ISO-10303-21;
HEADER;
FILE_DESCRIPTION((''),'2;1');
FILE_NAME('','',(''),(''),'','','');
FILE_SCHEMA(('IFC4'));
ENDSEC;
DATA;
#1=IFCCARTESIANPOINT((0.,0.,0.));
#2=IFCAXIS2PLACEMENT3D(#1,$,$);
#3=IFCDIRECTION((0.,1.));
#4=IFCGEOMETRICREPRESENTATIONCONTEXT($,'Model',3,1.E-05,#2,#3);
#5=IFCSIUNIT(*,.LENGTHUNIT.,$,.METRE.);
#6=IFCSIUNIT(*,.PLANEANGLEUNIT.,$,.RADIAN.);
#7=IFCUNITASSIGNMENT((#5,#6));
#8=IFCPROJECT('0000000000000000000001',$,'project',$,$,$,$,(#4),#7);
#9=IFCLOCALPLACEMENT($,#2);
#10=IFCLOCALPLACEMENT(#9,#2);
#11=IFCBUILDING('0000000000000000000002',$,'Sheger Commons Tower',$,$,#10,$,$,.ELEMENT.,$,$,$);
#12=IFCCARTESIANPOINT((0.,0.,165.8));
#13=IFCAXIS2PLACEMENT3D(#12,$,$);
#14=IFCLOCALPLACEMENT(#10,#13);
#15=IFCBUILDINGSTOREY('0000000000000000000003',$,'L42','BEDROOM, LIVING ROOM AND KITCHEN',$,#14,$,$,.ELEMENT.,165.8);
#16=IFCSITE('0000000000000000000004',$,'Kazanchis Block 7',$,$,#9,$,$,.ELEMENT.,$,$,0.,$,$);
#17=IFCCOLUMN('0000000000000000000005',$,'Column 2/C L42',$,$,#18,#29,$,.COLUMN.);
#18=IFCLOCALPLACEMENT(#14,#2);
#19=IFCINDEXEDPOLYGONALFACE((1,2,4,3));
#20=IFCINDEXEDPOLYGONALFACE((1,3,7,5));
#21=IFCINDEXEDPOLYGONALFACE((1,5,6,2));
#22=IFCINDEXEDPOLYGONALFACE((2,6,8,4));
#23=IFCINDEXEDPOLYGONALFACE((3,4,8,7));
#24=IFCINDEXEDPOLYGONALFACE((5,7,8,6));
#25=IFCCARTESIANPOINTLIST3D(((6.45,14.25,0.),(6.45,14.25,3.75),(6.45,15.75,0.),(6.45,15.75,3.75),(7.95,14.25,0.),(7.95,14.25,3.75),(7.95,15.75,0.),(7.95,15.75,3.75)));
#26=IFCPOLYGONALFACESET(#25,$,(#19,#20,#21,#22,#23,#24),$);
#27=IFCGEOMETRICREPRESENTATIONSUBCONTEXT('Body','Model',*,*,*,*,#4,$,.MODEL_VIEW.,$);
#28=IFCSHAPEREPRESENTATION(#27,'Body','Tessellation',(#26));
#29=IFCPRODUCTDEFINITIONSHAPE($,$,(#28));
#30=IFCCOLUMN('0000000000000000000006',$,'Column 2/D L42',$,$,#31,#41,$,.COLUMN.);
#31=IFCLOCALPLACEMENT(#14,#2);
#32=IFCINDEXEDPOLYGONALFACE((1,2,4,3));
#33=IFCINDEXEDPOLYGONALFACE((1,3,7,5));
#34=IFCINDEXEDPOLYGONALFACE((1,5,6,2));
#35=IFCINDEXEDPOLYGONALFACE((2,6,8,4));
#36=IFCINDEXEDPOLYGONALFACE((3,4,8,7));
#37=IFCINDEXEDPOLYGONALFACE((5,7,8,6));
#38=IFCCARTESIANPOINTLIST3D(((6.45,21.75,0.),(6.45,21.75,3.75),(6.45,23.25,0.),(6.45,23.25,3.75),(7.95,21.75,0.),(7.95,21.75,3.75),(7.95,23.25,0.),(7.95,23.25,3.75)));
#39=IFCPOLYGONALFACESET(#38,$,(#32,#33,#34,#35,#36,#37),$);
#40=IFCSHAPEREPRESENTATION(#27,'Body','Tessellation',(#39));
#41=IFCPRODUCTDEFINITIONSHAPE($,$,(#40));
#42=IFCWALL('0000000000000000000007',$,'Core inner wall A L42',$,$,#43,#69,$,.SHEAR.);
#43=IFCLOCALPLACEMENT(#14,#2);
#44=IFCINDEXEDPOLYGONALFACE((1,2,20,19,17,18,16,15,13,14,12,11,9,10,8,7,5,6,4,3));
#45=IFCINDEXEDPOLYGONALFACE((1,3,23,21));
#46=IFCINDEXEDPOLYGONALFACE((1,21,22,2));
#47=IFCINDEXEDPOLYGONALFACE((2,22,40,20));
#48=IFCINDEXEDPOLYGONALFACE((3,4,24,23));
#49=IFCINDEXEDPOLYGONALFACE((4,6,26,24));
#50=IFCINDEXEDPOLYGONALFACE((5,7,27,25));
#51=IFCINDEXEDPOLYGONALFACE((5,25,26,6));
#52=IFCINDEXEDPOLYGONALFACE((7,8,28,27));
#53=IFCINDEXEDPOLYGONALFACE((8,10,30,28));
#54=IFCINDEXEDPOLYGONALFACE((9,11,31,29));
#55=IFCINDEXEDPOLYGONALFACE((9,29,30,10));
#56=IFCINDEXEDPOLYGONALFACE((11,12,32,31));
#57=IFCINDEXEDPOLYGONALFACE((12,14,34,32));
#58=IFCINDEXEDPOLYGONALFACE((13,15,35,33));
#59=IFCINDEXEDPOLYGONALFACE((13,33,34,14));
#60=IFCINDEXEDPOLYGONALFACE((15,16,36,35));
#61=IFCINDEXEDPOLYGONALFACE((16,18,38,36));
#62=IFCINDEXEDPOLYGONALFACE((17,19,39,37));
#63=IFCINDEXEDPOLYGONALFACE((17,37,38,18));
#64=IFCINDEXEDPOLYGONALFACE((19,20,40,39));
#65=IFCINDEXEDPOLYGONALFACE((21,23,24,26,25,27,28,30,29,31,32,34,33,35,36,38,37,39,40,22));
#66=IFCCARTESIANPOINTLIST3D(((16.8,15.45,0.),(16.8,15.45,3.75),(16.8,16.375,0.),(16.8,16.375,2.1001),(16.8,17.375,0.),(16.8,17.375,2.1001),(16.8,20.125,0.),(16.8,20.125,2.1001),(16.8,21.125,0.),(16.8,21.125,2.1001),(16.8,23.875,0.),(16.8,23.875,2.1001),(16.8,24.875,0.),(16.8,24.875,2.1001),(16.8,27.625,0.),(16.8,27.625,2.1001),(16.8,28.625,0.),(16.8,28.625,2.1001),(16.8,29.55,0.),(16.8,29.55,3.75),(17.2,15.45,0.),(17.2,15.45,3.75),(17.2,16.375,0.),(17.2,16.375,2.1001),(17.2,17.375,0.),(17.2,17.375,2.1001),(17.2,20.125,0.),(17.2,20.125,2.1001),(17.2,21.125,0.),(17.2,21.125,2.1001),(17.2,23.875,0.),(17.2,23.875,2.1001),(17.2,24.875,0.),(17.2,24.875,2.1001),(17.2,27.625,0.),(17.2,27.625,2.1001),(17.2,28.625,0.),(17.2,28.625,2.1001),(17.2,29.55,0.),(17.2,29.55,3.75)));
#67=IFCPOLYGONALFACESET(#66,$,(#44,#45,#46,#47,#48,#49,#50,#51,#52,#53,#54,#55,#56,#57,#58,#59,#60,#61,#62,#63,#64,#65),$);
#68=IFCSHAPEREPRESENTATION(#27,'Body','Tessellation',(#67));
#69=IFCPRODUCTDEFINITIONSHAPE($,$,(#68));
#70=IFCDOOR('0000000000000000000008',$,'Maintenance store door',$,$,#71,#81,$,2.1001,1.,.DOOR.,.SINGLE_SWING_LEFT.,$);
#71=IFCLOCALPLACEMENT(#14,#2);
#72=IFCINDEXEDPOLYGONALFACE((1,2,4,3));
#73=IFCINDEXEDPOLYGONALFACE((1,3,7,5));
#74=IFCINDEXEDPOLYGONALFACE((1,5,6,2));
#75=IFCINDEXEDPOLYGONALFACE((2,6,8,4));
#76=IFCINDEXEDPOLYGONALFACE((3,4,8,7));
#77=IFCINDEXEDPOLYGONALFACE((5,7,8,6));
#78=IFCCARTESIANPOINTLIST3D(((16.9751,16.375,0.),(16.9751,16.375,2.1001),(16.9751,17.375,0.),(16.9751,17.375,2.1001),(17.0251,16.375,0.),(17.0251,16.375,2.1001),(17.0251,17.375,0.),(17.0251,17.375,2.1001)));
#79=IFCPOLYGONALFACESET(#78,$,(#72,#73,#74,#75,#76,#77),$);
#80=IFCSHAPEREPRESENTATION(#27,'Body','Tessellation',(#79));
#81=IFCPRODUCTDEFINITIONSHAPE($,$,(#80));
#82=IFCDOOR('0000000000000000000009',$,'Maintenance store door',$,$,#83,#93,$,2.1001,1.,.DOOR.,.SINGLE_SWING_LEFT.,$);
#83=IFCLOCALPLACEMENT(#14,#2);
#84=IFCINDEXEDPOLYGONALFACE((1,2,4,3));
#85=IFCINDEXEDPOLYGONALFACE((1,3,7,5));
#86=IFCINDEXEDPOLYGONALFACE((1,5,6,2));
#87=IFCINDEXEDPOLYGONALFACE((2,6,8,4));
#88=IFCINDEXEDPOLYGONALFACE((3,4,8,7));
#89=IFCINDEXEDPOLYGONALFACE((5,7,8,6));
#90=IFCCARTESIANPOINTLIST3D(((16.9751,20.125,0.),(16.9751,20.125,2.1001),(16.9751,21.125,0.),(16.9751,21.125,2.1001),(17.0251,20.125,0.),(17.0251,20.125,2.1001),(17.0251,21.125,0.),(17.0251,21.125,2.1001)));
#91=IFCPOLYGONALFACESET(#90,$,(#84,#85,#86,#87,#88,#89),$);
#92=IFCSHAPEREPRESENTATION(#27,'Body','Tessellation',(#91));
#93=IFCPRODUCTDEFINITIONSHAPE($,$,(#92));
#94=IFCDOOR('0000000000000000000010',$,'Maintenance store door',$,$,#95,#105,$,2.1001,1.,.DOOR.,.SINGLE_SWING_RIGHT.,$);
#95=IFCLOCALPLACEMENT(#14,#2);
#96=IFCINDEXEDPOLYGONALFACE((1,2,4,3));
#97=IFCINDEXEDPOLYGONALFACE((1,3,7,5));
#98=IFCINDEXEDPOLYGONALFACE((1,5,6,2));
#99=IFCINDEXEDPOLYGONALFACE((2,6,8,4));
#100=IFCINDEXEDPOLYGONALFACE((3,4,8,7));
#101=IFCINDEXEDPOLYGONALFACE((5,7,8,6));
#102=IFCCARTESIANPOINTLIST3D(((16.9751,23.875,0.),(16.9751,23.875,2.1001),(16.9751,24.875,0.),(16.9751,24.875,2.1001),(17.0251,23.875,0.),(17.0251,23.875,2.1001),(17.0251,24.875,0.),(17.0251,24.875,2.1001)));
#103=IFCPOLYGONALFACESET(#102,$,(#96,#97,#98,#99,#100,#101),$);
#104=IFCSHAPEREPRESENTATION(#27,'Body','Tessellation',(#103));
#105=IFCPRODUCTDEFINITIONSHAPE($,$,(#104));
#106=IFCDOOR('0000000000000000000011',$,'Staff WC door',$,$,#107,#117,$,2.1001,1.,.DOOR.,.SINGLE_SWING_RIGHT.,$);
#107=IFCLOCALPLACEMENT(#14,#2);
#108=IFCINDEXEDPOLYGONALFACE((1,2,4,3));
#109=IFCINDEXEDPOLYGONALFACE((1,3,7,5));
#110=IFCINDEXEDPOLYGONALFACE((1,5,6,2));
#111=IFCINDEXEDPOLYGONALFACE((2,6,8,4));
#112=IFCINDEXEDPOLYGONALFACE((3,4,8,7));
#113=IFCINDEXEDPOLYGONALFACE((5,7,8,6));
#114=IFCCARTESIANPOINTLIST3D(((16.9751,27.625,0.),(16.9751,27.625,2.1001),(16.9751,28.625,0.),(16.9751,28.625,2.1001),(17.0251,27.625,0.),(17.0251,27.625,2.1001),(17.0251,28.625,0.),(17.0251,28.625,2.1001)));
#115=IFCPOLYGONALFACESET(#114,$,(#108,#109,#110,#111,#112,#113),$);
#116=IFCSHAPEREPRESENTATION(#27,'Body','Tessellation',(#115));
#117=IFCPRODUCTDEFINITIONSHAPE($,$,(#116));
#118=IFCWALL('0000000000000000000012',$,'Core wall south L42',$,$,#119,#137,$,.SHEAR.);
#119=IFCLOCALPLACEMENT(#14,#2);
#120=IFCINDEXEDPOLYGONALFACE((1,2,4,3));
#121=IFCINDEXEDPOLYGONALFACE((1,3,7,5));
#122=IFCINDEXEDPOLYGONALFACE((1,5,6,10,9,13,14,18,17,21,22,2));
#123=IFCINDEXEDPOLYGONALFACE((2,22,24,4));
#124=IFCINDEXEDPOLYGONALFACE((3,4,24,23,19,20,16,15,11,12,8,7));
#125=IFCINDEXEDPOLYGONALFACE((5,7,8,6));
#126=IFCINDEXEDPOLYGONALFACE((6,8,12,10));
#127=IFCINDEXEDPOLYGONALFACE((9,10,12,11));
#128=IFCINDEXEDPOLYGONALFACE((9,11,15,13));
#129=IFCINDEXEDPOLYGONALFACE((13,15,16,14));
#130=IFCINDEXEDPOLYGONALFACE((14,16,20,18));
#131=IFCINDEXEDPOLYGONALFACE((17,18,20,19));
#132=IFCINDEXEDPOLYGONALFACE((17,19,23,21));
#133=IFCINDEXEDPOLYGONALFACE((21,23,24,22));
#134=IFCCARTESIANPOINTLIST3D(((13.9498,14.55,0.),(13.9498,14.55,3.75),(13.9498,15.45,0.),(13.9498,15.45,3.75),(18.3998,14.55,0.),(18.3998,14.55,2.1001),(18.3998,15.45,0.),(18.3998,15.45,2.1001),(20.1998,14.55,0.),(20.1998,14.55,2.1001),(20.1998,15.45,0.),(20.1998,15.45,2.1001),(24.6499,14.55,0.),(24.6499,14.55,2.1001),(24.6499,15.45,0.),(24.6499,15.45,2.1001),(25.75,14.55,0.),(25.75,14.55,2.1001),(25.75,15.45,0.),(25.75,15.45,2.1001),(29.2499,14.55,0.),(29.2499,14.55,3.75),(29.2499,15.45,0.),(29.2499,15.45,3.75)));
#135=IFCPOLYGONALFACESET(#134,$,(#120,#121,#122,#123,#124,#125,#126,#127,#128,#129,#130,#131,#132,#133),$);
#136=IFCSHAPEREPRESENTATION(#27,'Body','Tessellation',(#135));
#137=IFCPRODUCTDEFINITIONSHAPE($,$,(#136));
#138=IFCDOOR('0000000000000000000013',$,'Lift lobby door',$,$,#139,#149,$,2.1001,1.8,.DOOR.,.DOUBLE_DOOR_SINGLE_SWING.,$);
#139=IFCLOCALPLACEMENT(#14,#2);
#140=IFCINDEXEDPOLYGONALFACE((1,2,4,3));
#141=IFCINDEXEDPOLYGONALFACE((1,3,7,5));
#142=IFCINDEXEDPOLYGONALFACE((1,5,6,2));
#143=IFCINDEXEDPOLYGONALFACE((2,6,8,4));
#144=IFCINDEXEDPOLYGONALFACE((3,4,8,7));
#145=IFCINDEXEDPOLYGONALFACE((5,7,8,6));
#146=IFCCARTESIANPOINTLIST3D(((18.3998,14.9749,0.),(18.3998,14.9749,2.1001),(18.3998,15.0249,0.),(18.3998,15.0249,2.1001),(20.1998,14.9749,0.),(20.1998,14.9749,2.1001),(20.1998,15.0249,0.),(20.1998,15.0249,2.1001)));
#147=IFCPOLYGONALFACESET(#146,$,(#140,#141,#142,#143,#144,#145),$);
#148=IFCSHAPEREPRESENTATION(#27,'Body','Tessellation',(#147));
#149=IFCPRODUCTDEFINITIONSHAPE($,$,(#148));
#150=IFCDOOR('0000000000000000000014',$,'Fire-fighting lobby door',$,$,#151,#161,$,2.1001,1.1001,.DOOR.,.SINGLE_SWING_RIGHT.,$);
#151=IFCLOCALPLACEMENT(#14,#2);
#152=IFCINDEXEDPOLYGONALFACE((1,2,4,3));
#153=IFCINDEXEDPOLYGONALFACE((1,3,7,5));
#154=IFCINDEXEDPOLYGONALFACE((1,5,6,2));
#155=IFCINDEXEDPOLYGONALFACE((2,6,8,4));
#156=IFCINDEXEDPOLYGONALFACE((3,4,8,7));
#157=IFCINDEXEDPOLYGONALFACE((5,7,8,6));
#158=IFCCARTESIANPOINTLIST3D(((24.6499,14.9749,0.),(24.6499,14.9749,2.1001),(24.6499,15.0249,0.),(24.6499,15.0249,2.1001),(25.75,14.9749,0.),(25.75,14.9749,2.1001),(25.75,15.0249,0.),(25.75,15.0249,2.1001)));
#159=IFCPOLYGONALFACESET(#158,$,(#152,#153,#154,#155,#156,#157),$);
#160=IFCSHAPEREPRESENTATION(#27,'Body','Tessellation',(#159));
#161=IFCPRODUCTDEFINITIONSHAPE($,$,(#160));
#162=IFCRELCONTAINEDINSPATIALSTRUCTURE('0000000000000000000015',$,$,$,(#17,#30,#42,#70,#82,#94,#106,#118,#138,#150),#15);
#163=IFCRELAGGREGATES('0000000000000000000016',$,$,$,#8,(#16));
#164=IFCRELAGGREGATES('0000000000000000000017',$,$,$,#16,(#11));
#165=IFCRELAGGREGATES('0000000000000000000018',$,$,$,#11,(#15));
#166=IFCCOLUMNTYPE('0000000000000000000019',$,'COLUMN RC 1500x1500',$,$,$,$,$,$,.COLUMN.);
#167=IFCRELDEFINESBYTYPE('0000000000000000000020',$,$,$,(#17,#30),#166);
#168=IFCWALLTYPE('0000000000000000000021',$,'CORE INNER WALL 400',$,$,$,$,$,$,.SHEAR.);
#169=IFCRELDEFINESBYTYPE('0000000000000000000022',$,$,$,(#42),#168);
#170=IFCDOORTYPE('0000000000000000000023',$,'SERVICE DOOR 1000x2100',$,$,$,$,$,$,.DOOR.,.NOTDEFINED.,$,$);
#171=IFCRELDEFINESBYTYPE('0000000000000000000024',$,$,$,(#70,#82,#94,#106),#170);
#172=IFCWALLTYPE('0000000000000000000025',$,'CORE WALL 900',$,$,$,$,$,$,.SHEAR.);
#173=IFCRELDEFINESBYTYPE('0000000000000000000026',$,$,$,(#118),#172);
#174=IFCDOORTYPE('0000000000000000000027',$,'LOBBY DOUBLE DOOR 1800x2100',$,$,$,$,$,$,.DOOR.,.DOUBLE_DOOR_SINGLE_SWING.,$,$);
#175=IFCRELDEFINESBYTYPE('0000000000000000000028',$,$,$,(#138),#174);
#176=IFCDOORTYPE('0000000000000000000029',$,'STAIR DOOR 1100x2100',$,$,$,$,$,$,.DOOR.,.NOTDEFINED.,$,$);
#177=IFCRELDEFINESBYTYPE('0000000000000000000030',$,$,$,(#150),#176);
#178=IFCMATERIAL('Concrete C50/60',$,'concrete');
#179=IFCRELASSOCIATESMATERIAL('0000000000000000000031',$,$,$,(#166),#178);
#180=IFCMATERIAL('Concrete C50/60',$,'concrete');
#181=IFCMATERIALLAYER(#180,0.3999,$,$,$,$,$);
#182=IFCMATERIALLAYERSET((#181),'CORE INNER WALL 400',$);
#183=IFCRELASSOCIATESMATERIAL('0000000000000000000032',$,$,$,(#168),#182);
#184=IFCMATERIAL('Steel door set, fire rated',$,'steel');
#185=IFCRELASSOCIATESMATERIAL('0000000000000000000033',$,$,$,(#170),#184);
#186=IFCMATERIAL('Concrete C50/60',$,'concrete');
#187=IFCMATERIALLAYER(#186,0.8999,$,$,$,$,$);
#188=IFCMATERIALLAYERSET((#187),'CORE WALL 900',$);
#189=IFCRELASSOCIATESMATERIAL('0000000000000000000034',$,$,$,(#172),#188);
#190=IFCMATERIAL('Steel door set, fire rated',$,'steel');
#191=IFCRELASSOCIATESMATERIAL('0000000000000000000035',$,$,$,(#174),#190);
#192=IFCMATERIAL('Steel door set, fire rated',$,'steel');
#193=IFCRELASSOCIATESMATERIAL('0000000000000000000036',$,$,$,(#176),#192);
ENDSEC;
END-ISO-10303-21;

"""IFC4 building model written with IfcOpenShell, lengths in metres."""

from ifc_helpers import new_model, si_unit, direction, frame, frame_2d, origin, origin_2d, place, context, subcontext, project, spatial, rectangle, extrude, material, layer, layer_set, material_profile, profile_set, type_object, element, fill, save


model = new_model("IFC4")

# Units and contexts
model_context = context("Model", 3, precision=1e-05, world=origin(), true_north=direction((0.0, 1.0)))
body_context = subcontext(model_context, "Body", "Model", "MODEL_VIEW")
ifc_project = project(units=[si_unit("LENGTHUNIT", "METRE"), si_unit("PLANEANGLEUNIT", "RADIAN")], contexts=[model_context])

# Site, building, storey
site_placement = place(None, origin())
site = spatial("IfcSite", under=ifc_project, at=site_placement, Name="Kazanchis Block 7", CompositionType="ELEMENT", RefElevation=0.0)
building_placement = place(site_placement, origin())
building = spatial("IfcBuilding", under=site, at=building_placement, Name="Sheger Commons Tower", CompositionType="ELEMENT")
storey_placement = place(building_placement, frame((0.0, 0.0, 165.8)))
storey = spatial("IfcBuildingStorey", under=building, at=storey_placement, Name="L42", Description="BEDROOM, LIVING ROOM AND KITCHEN", CompositionType="ELEMENT", Elevation=165.8)

# Columns
ifc_material_1 = material(Name="Concrete C50/60", Category="concrete")
ifc_material_profile = material_profile(ifc_material_1, rectangle(XDim=1.5, YDim=1.5, at=origin_2d()), Name="RC 1500x1500")
ifc_profile_set = profile_set([ifc_material_profile], Name="Concrete C50/60")
column_type = type_object("IfcColumnType", Name="COLUMN RC 1500x1500", PredefinedType="COLUMN", material=ifc_profile_set)
for number, where, z_axis, x_axis, name in (
    (1, (7.2, 15.0, 0.0), (0.0, 0.0, 1.0), (1.0, 0.0, 0.0), "Column 2/C L42"),
    (2, (7.2, 22.5, 0.0), (0.0, 0.0, 1.0), (1.0, 0.0, 0.0), "Column 2/D L42"),
):
    element("IfcColumn", number, at=place(storey_placement, frame(where, z_axis=z_axis, x_axis=x_axis)), inside=storey, type_object=column_type, Name=name, PredefinedType="COLUMN", context=body_context, shape_type="SweptSolid", body=[
        extrude(rectangle(XDim=1.5, YDim=1.5, at=origin_2d()), origin(), (0.0, 0.0, 1.0), 3.75),
    ])

# Walls, openings, doors
ifc_material_2 = material(Name="Concrete C50/60", Category="concrete")
ifc_layer_1 = layer(ifc_material_2, 0.3999)
ifc_layer_set_1 = layer_set([ifc_layer_1], Name="CORE INNER WALL 400")
wall_type_1 = type_object("IfcWallType", Name="CORE INNER WALL 400", PredefinedType="SHEAR", material=ifc_layer_set_1)
wall_1_placement = place(storey_placement, frame((17.0, 15.45, 0.0), z_axis=(0.0, 0.0, 1.0), x_axis=(0.0, 1.0, 0.0)))
wall_1 = element("IfcWall", 3, at=wall_1_placement, inside=storey, type_object=wall_type_1, Name="Core inner wall A L42", PredefinedType="SHEAR", context=body_context, shape_type="SweptSolid", body=[
    extrude(rectangle(XDim=14.1001, YDim=0.3999, at=frame_2d((7.05, 0.0))), origin(), (0.0, 0.0, 1.0), 3.75),
])
opening_1_placement = place(wall_1_placement, frame((0.925, 0.0, 0.0)))
opening_1 = element("IfcOpeningElement", 4, at=opening_1_placement, cuts=wall_1, PredefinedType="OPENING", context=body_context, shape_type="SweptSolid", body=[
    extrude(rectangle(XDim=1.0, YDim=2.1001, at=frame_2d((0.5, 1.05))), frame((0.0, 0.21, 0.0), z_axis=(0.0, -1.0, 0.0), x_axis=(1.0, 0.0, 0.0)), (0.0, 0.0, 1.0), 0.4199),
])
opening_2_placement = place(wall_1_placement, frame((4.675, 0.0, 0.0)))
opening_2 = element("IfcOpeningElement", 5, at=opening_2_placement, cuts=wall_1, PredefinedType="OPENING", context=body_context, shape_type="SweptSolid", body=[
    extrude(rectangle(XDim=1.0, YDim=2.1001, at=frame_2d((0.5, 1.05))), frame((0.0, 0.21, 0.0), z_axis=(0.0, -1.0, 0.0), x_axis=(1.0, 0.0, 0.0)), (0.0, 0.0, 1.0), 0.4199),
])
opening_3_placement = place(wall_1_placement, frame((8.425, 0.0, 0.0)))
opening_3 = element("IfcOpeningElement", 6, at=opening_3_placement, cuts=wall_1, PredefinedType="OPENING", context=body_context, shape_type="SweptSolid", body=[
    extrude(rectangle(XDim=1.0, YDim=2.1001, at=frame_2d((0.5, 1.05))), frame((0.0, 0.21, 0.0), z_axis=(0.0, -1.0, 0.0), x_axis=(1.0, 0.0, 0.0)), (0.0, 0.0, 1.0), 0.4199),
])
opening_4_placement = place(wall_1_placement, frame((12.175, 0.0, 0.0)))
opening_4 = element("IfcOpeningElement", 7, at=opening_4_placement, cuts=wall_1, PredefinedType="OPENING", context=body_context, shape_type="SweptSolid", body=[
    extrude(rectangle(XDim=1.0, YDim=2.1001, at=frame_2d((0.5, 1.05))), frame((0.0, 0.21, 0.0), z_axis=(0.0, -1.0, 0.0), x_axis=(1.0, 0.0, 0.0)), (0.0, 0.0, 1.0), 0.4199),
])
ifc_material_3 = material(Name="Steel door set, fire rated", Category="steel")
door_type_1 = type_object("IfcDoorType", Name="SERVICE DOOR 1000x2100", OperationType="NOTDEFINED", PredefinedType="DOOR", material=ifc_material_3)
door_1_placement = place(opening_1_placement, origin())
door_1 = element("IfcDoor", 8, at=door_1_placement, inside=storey, type_object=door_type_1, Name="Maintenance store door", OperationType="SINGLE_SWING_LEFT", OverallHeight=2.1001, OverallWidth=1.0, PredefinedType="DOOR", context=body_context, shape_type="SweptSolid", body=[
    extrude(rectangle(XDim=1.0, YDim=2.1001, at=frame_2d((0.5, 1.05))), frame((0.0, 0.0249, 0.0), z_axis=(0.0, -1.0, 0.0), x_axis=(1.0, 0.0, 0.0)), (0.0, 0.0, 1.0), 0.05),
])
fill(opening_1, door_1)
door_2_placement = place(opening_2_placement, origin())
door_2 = element("IfcDoor", 9, at=door_2_placement, inside=storey, type_object=door_type_1, Name="Maintenance store door", OperationType="SINGLE_SWING_LEFT", OverallHeight=2.1001, OverallWidth=1.0, PredefinedType="DOOR", context=body_context, shape_type="SweptSolid", body=[
    extrude(rectangle(XDim=1.0, YDim=2.1001, at=frame_2d((0.5, 1.05))), frame((0.0, 0.0249, 0.0), z_axis=(0.0, -1.0, 0.0), x_axis=(1.0, 0.0, 0.0)), (0.0, 0.0, 1.0), 0.05),
])
fill(opening_2, door_2)
door_3_placement = place(opening_3_placement, origin())
door_3 = element("IfcDoor", 10, at=door_3_placement, inside=storey, type_object=door_type_1, Name="Maintenance store door", OperationType="SINGLE_SWING_RIGHT", OverallHeight=2.1001, OverallWidth=1.0, PredefinedType="DOOR", context=body_context, shape_type="SweptSolid", body=[
    extrude(rectangle(XDim=1.0, YDim=2.1001, at=frame_2d((0.5, 1.05))), frame((0.0, 0.0249, 0.0), z_axis=(0.0, -1.0, 0.0), x_axis=(1.0, 0.0, 0.0)), (0.0, 0.0, 1.0), 0.05),
])
fill(opening_3, door_3)
door_4_placement = place(opening_4_placement, origin())
door_4 = element("IfcDoor", 11, at=door_4_placement, inside=storey, type_object=door_type_1, Name="Staff WC door", OperationType="SINGLE_SWING_RIGHT", OverallHeight=2.1001, OverallWidth=1.0, PredefinedType="DOOR", context=body_context, shape_type="SweptSolid", body=[
    extrude(rectangle(XDim=1.0, YDim=2.1001, at=frame_2d((0.5, 1.05))), frame((0.0, 0.0249, 0.0), z_axis=(0.0, -1.0, 0.0), x_axis=(1.0, 0.0, 0.0)), (0.0, 0.0, 1.0), 0.05),
])
fill(opening_4, door_4)
ifc_material_4 = material(Name="Concrete C50/60", Category="concrete")
ifc_layer_2 = layer(ifc_material_4, 0.8999)
ifc_layer_set_2 = layer_set([ifc_layer_2], Name="CORE WALL 900")
wall_type_2 = type_object("IfcWallType", Name="CORE WALL 900", PredefinedType="SHEAR", material=ifc_layer_set_2)
wall_2_placement = place(storey_placement, frame((13.95, 15.0, 0.0), z_axis=(0.0, 0.0, 1.0), x_axis=(1.0, 0.0, 0.0)))
wall_2 = element("IfcWall", 12, at=wall_2_placement, inside=storey, type_object=wall_type_2, Name="Core wall south L42", PredefinedType="SHEAR", context=body_context, shape_type="SweptSolid", body=[
    extrude(rectangle(XDim=15.3, YDim=0.8999, at=frame_2d((7.6499, 0.0))), origin(), (0.0, 0.0, 1.0), 3.75),
])
opening_5_placement = place(wall_2_placement, frame((4.45, 0.0, 0.0)))
opening_5 = element("IfcOpeningElement", 13, at=opening_5_placement, cuts=wall_2, PredefinedType="OPENING", context=body_context, shape_type="SweptSolid", body=[
    extrude(rectangle(XDim=1.8, YDim=2.1001, at=frame_2d((0.8999, 1.05))), frame((0.0, 0.46, 0.0), z_axis=(0.0, -1.0, 0.0), x_axis=(1.0, 0.0, 0.0)), (0.0, 0.0, 1.0), 0.9199),
])
opening_6_placement = place(wall_2_placement, frame((10.7, 0.0, 0.0)))
opening_6 = element("IfcOpeningElement", 14, at=opening_6_placement, cuts=wall_2, PredefinedType="OPENING", context=body_context, shape_type="SweptSolid", body=[
    extrude(rectangle(XDim=1.1001, YDim=2.1001, at=frame_2d((0.55, 1.05))), frame((0.0, 0.46, 0.0), z_axis=(0.0, -1.0, 0.0), x_axis=(1.0, 0.0, 0.0)), (0.0, 0.0, 1.0), 0.9199),
])
ifc_material_5 = material(Name="Steel door set, fire rated", Category="steel")
door_type_2 = type_object("IfcDoorType", Name="LOBBY DOUBLE DOOR 1800x2100", OperationType="DOUBLE_DOOR_SINGLE_SWING", PredefinedType="DOOR", material=ifc_material_5)
door_5_placement = place(opening_5_placement, origin())
door_5 = element("IfcDoor", 15, at=door_5_placement, inside=storey, type_object=door_type_2, Name="Lift lobby door", OperationType="DOUBLE_DOOR_SINGLE_SWING", OverallHeight=2.1001, OverallWidth=1.8, PredefinedType="DOOR", context=body_context, shape_type="SweptSolid", body=[
    extrude(rectangle(XDim=1.8, YDim=2.1001, at=frame_2d((0.8999, 1.05))), frame((0.0, 0.0249, 0.0), z_axis=(0.0, -1.0, 0.0), x_axis=(1.0, 0.0, 0.0)), (0.0, 0.0, 1.0), 0.05),
])
fill(opening_5, door_5)
ifc_material_6 = material(Name="Steel door set, fire rated", Category="steel")
door_type_3 = type_object("IfcDoorType", Name="STAIR DOOR 1100x2100", OperationType="NOTDEFINED", PredefinedType="DOOR", material=ifc_material_6)
door_6_placement = place(opening_6_placement, origin())
door_6 = element("IfcDoor", 16, at=door_6_placement, inside=storey, type_object=door_type_3, Name="Fire-fighting lobby door", OperationType="SINGLE_SWING_RIGHT", OverallHeight=2.1001, OverallWidth=1.1001, PredefinedType="DOOR", context=body_context, shape_type="SweptSolid", body=[
    extrude(rectangle(XDim=1.1001, YDim=2.1001, at=frame_2d((0.55, 1.05))), frame((0.0, 0.0249, 0.0), z_axis=(0.0, -1.0, 0.0), x_axis=(1.0, 0.0, 0.0)), (0.0, 0.0, 1.0), 0.05),
])
fill(opening_6, door_6)

save(model, "model.ifc")
